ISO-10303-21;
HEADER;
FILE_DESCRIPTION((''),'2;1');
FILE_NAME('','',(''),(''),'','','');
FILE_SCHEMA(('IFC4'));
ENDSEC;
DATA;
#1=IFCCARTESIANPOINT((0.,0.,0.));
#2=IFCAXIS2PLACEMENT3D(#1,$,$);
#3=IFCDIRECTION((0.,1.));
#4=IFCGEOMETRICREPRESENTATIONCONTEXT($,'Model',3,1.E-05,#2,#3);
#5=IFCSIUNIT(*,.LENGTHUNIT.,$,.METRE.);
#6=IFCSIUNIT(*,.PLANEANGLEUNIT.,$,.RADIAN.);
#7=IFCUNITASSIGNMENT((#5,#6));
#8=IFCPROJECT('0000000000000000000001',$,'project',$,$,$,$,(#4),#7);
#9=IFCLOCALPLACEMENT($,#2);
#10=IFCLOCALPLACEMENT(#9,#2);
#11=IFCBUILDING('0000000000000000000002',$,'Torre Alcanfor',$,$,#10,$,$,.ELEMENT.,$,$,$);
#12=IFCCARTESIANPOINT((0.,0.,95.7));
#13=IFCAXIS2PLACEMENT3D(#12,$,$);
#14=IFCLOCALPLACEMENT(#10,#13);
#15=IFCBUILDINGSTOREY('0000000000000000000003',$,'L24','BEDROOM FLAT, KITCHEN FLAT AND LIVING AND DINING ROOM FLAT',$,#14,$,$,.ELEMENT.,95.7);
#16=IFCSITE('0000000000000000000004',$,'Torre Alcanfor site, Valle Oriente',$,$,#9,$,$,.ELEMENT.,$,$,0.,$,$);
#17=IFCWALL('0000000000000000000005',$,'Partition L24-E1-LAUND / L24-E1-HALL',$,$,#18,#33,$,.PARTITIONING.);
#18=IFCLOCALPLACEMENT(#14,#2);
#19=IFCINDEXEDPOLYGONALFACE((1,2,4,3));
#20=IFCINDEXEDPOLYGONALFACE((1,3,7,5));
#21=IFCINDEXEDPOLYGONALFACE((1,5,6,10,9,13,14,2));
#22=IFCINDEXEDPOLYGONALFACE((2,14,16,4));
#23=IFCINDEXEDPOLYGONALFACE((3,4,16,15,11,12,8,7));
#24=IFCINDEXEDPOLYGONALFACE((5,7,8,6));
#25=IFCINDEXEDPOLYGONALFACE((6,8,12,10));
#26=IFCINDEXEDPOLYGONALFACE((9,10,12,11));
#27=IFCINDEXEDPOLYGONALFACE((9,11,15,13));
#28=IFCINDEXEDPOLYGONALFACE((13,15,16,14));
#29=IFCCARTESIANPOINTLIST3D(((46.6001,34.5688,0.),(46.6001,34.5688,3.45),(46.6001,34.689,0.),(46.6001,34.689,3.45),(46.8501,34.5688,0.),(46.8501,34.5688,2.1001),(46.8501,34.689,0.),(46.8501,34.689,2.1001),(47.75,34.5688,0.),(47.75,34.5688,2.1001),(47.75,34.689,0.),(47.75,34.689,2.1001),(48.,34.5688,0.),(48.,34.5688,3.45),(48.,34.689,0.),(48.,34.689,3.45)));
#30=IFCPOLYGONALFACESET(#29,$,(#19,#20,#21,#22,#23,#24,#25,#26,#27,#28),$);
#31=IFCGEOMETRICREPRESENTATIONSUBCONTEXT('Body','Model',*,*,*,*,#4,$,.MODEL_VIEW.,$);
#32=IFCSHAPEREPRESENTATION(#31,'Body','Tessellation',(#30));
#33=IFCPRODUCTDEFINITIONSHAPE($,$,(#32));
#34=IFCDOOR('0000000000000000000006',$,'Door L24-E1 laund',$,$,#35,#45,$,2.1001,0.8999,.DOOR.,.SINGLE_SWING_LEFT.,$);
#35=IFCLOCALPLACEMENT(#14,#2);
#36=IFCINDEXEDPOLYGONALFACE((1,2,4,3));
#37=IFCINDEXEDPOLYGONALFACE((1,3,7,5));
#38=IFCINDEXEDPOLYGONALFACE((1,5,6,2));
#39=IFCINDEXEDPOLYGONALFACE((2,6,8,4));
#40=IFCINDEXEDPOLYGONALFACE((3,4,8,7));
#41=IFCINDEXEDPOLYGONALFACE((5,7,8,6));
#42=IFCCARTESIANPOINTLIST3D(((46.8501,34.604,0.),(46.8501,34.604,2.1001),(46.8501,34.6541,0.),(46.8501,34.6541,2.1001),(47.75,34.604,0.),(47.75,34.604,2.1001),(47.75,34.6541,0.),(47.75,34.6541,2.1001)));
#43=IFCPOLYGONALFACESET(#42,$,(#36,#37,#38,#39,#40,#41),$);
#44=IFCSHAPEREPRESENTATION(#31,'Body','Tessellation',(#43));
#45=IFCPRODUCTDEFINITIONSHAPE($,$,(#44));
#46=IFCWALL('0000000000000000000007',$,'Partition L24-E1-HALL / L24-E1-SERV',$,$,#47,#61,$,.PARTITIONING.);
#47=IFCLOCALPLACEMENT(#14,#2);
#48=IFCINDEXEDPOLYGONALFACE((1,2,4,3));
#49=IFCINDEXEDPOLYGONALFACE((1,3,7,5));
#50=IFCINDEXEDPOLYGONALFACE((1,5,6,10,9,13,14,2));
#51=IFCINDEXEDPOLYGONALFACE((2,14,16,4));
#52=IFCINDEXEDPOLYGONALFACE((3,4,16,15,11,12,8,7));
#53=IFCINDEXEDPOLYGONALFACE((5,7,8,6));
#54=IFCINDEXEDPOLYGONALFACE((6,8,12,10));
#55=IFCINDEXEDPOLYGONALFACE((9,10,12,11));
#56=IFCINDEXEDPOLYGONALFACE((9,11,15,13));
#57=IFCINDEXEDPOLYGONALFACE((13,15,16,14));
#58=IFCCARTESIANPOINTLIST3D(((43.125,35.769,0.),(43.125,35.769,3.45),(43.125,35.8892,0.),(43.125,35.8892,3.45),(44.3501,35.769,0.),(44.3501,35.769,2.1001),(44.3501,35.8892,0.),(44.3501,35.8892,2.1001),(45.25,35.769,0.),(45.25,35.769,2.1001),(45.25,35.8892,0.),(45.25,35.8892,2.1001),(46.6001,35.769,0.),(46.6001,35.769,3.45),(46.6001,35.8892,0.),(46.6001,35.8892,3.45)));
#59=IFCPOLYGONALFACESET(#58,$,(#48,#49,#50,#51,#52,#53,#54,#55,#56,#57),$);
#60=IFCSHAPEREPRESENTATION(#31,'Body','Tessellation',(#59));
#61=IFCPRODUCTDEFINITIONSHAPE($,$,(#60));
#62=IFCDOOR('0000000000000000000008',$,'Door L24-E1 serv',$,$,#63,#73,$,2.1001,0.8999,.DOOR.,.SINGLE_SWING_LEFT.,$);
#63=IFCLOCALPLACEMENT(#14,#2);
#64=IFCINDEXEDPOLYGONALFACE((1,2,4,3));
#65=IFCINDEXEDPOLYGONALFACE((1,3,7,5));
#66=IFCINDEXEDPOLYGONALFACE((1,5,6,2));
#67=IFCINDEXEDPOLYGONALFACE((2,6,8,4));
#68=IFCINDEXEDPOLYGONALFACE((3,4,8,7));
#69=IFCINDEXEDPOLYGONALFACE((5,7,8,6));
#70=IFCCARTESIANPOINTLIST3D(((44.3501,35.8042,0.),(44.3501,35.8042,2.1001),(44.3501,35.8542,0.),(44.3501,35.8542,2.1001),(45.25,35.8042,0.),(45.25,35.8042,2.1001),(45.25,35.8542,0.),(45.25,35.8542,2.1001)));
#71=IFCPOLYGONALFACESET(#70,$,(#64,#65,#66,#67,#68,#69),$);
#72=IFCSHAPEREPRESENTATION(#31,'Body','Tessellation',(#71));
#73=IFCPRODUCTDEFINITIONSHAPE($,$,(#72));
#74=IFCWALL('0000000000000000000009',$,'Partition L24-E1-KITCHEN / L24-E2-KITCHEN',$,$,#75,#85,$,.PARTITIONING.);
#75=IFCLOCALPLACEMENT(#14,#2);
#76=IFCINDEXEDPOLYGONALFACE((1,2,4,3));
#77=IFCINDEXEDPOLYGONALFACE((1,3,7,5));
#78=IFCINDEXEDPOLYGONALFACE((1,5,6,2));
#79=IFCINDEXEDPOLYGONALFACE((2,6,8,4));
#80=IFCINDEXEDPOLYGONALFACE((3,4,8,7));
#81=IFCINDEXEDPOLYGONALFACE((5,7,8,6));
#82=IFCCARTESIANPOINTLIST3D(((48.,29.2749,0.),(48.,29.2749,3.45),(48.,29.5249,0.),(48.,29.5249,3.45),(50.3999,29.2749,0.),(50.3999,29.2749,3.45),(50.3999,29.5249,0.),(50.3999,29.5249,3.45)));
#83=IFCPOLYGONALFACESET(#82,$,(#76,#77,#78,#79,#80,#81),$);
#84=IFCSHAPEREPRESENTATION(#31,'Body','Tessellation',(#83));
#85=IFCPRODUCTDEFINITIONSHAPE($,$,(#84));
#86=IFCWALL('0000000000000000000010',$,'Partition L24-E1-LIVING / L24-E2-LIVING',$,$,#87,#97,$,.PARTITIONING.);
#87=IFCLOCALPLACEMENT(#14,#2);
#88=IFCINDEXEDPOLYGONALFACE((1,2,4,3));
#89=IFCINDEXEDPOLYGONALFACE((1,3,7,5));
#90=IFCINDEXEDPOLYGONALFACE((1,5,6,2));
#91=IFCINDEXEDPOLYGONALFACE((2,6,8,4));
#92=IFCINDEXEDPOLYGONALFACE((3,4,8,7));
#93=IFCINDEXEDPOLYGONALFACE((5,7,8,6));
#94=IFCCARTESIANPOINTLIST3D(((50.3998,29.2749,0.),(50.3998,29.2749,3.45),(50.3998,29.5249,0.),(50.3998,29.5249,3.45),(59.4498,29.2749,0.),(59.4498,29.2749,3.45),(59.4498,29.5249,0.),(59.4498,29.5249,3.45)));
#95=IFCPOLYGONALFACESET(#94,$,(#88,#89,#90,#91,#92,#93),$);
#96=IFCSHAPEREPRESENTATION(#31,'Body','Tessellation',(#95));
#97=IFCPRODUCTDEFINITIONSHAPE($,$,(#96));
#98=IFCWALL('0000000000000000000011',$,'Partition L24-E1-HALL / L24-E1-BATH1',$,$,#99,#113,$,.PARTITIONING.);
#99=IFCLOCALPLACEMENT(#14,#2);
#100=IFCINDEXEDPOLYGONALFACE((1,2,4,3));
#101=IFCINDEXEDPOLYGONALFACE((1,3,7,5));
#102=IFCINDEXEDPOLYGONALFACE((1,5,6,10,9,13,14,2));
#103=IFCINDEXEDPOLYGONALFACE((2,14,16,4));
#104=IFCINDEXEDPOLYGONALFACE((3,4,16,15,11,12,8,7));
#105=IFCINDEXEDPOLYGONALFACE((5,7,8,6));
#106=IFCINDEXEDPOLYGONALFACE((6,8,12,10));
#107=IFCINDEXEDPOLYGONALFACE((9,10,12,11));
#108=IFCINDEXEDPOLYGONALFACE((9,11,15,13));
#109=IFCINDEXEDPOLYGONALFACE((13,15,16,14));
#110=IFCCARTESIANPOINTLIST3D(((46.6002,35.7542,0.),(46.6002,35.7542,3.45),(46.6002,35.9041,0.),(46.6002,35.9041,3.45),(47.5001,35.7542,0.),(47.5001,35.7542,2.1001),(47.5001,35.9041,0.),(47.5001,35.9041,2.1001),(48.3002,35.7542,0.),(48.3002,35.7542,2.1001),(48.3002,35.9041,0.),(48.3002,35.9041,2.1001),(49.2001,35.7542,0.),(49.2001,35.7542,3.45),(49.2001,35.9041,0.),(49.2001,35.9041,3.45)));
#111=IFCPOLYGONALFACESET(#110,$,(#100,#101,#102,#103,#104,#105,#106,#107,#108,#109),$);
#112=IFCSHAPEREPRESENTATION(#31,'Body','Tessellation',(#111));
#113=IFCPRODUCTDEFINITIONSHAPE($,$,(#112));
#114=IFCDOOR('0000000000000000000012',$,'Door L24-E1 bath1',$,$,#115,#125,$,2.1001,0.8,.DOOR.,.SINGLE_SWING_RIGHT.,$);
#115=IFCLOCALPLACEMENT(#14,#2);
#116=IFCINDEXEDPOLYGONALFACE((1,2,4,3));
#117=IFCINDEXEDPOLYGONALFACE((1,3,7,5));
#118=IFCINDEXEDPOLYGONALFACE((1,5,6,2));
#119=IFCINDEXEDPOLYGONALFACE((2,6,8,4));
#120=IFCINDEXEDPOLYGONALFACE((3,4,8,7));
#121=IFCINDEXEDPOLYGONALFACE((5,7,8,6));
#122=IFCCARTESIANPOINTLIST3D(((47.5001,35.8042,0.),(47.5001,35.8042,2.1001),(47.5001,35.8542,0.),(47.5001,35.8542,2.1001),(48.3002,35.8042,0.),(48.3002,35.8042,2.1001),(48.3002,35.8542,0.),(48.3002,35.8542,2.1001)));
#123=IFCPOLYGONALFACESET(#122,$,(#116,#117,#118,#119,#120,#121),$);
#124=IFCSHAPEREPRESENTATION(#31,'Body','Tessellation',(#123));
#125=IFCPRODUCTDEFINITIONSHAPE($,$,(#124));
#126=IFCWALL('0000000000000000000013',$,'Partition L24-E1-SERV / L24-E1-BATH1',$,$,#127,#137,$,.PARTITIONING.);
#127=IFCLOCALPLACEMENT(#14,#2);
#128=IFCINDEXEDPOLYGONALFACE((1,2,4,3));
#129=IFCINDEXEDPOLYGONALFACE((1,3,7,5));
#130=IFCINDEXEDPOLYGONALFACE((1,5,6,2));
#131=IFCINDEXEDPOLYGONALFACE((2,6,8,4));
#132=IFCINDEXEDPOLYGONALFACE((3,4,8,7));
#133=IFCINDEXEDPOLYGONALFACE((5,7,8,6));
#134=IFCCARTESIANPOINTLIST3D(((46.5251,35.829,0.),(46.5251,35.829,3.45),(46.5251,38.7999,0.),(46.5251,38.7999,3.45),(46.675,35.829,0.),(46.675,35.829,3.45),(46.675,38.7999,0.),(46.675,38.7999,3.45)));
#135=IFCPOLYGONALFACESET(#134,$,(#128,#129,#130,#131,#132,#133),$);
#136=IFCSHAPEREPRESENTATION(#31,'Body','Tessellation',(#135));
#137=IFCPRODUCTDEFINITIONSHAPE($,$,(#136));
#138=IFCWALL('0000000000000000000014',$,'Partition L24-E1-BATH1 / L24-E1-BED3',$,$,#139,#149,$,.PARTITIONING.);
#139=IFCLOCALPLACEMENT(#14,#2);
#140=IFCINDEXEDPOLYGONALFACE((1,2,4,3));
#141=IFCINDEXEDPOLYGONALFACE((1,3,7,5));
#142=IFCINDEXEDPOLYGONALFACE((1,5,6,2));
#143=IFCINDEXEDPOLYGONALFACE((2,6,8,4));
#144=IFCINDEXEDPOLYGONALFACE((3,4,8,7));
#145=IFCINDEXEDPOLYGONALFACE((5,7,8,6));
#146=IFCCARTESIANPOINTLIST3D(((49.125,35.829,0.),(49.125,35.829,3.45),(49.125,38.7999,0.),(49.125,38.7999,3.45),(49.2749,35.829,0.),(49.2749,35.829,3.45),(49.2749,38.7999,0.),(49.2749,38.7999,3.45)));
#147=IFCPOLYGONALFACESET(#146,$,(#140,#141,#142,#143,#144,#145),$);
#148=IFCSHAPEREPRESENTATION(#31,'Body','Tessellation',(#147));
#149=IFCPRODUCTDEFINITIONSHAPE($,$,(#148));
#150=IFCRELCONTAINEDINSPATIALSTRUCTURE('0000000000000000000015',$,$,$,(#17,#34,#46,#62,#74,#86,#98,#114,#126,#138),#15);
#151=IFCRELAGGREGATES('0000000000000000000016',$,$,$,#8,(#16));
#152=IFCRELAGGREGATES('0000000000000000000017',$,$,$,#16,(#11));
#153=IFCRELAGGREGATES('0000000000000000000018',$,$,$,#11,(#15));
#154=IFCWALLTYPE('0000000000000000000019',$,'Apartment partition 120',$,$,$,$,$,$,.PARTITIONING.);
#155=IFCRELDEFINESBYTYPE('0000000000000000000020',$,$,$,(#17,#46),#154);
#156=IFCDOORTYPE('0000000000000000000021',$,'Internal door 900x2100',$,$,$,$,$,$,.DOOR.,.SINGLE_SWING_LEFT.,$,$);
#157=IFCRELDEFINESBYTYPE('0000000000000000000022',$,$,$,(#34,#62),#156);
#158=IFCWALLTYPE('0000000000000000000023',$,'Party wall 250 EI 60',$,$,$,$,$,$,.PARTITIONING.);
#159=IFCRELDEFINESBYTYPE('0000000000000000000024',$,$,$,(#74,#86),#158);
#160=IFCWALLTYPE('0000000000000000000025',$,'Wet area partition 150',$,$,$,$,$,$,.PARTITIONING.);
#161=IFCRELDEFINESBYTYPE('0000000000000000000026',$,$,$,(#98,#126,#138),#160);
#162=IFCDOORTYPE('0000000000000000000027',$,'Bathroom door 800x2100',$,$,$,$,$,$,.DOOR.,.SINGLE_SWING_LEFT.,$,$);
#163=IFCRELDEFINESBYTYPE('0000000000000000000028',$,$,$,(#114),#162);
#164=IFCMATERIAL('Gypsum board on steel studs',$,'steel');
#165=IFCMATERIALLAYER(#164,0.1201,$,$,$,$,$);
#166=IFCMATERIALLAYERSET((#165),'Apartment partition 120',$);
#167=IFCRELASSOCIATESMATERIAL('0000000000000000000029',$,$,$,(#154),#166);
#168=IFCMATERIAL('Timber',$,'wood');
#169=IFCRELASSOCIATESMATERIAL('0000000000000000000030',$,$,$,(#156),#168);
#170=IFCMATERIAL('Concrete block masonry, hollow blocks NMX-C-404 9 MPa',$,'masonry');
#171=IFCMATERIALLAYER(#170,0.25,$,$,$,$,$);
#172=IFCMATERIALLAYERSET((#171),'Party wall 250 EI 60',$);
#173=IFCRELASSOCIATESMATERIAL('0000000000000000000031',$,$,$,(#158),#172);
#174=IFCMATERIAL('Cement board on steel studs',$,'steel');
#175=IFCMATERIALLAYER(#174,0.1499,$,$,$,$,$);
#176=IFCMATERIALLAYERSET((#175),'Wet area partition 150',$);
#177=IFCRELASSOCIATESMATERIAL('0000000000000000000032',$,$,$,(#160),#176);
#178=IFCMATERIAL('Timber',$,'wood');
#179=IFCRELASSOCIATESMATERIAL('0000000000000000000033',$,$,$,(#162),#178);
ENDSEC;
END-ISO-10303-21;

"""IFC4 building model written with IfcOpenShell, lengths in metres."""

from ifc_helpers import new_model, si_unit, direction, frame, frame_2d, origin, place, context, subcontext, project, spatial, rectangle, extrude, material, layer, layer_set, type_object, element, fill, save


model = new_model("IFC4")

# Units and contexts
model_context = context("Model", 3, precision=1e-05, world=origin(), true_north=direction((0.0, 1.0)))
body_context = subcontext(model_context, "Body", "Model", "MODEL_VIEW")
ifc_project = project(units=[si_unit("LENGTHUNIT", "METRE"), si_unit("PLANEANGLEUNIT", "RADIAN")], contexts=[model_context])

# Site, building, storey
site_placement = place(None, origin())
site = spatial("IfcSite", under=ifc_project, at=site_placement, Name="Torre Alcanfor site, Valle Oriente", CompositionType="ELEMENT", RefElevation=0.0)
building_placement = place(site_placement, origin())
building = spatial("IfcBuilding", under=site, at=building_placement, Name="Torre Alcanfor", CompositionType="ELEMENT")
storey_placement = place(building_placement, frame((0.0, 0.0, 95.7)))
storey = spatial("IfcBuildingStorey", under=building, at=storey_placement, Name="L24", Description="BEDROOM FLAT, KITCHEN FLAT AND LIVING AND DINING ROOM FLAT", CompositionType="ELEMENT", Elevation=95.7)

# Walls, openings, doors
ifc_material_1 = material(Name="Gypsum board on steel studs", Category="steel")
ifc_layer_1 = layer(ifc_material_1, 0.1201)
ifc_layer_set_1 = layer_set([ifc_layer_1], Name="Apartment partition 120")
wall_type_1 = type_object("IfcWallType", Name="Apartment partition 120", PredefinedType="PARTITIONING", material=ifc_layer_set_1)
wall_1_placement = place(storey_placement, frame((48.0, 34.6289, 0.0), z_axis=(0.0, 0.0, 1.0), x_axis=(-1.0, 0.0, 0.0)))
wall_1 = element("IfcWall", 1, at=wall_1_placement, inside=storey, type_object=wall_type_1, Name="Partition L24-E1-LAUND / L24-E1-HALL", PredefinedType="PARTITIONING", context=body_context, shape_type="SweptSolid", body=[
    extrude(rectangle(XDim=1.3999, YDim=0.1201, at=frame_2d((0.7, 0.0))), origin(), (0.0, 0.0, 1.0), 3.45),
])
opening_1_placement = place(wall_1_placement, frame((0.25, 0.0, 0.0)))
opening_1 = element("IfcOpeningElement", 2, at=opening_1_placement, cuts=wall_1, PredefinedType="OPENING", context=body_context, shape_type="SweptSolid", body=[
    extrude(rectangle(XDim=0.8999, YDim=2.1001, at=frame_2d((0.45, 1.05))), frame((0.0, 0.0701, 0.0), z_axis=(0.0, -1.0, 0.0), x_axis=(1.0, 0.0, 0.0)), (0.0, 0.0, 1.0), 0.1401),
])
ifc_material_2 = material(Name="Timber", Category="wood")
door_type_1 = type_object("IfcDoorType", Name="Internal door 900x2100", OperationType="SINGLE_SWING_LEFT", PredefinedType="DOOR", material=ifc_material_2)
door_1_placement = place(opening_1_placement, origin())
door_1 = element("IfcDoor", 3, at=door_1_placement, inside=storey, type_object=door_type_1, Name="Door L24-E1 laund", OperationType="SINGLE_SWING_LEFT", OverallHeight=2.1001, OverallWidth=0.8999, PredefinedType="DOOR", context=body_context, shape_type="SweptSolid", body=[
    extrude(rectangle(XDim=0.8999, YDim=2.1001, at=frame_2d((0.45, 1.05))), frame((0.0, 0.0249, 0.0), z_axis=(0.0, -1.0, 0.0), x_axis=(1.0, 0.0, 0.0)), (0.0, 0.0, 1.0), 0.05),
])
fill(opening_1, door_1)
wall_2_placement = place(storey_placement, frame((46.6001, 35.8291, 0.0), z_axis=(0.0, 0.0, 1.0), x_axis=(-1.0, 0.0, 0.0)))
wall_2 = element("IfcWall", 4, at=wall_2_placement, inside=storey, type_object=wall_type_1, Name="Partition L24-E1-HALL / L24-E1-SERV", PredefinedType="PARTITIONING", context=body_context, shape_type="SweptSolid", body=[
    extrude(rectangle(XDim=3.4751, YDim=0.1201, at=frame_2d((1.7375, 0.0))), origin(), (0.0, 0.0, 1.0), 3.45),
])
opening_2_placement = place(wall_2_placement, frame((1.3501, 0.0, 0.0)))
opening_2 = element("IfcOpeningElement", 5, at=opening_2_placement, cuts=wall_2, PredefinedType="OPENING", context=body_context, shape_type="SweptSolid", body=[
    extrude(rectangle(XDim=0.8999, YDim=2.1001, at=frame_2d((0.45, 1.05))), frame((0.0, 0.0701, 0.0), z_axis=(0.0, -1.0, 0.0), x_axis=(1.0, 0.0, 0.0)), (0.0, 0.0, 1.0), 0.1401),
])
door_2_placement = place(opening_2_placement, frame((0.8999, 0.0, 0.0), z_axis=(0.0, 0.0, 1.0), x_axis=(-1.0, 0.0, 0.0)))
door_2 = element("IfcDoor", 6, at=door_2_placement, inside=storey, type_object=door_type_1, Name="Door L24-E1 serv", OperationType="SINGLE_SWING_LEFT", OverallHeight=2.1001, OverallWidth=0.8999, PredefinedType="DOOR", context=body_context, shape_type="SweptSolid", body=[
    extrude(rectangle(XDim=0.8999, YDim=2.1001, at=frame_2d((0.45, 1.05))), frame((0.0, 0.0251, 0.0), z_axis=(0.0, -1.0, 0.0), x_axis=(1.0, 0.0, 0.0)), (0.0, 0.0, 1.0), 0.05),
])
fill(opening_2, door_2)

# Walls
ifc_material_3 = material(Name="Concrete block masonry, hollow blocks NMX-C-404 9 MPa", Category="masonry")
ifc_layer_2 = layer(ifc_material_3, 0.25)
ifc_layer_set_2 = layer_set([ifc_layer_2], Name="Party wall 250 EI 60")
wall_type_2 = type_object("IfcWallType", Name="Party wall 250 EI 60", PredefinedType="PARTITIONING", material=ifc_layer_set_2)
wall_3_placement = place(storey_placement, frame((48.0, 29.3999, 0.0), z_axis=(0.0, 0.0, 1.0), x_axis=(1.0, 0.0, 0.0)))
element("IfcWall", 7, at=wall_3_placement, inside=storey, type_object=wall_type_2, Name="Partition L24-E1-KITCHEN / L24-E2-KITCHEN", PredefinedType="PARTITIONING", context=body_context, shape_type="SweptSolid", body=[
    extrude(rectangle(XDim=2.3999, YDim=0.25, at=frame_2d((1.2, 0.0))), origin(), (0.0, 0.0, 1.0), 3.45),
])
wall_4_placement = place(storey_placement, frame((50.3999, 29.3999, 0.0), z_axis=(0.0, 0.0, 1.0), x_axis=(1.0, 0.0, 0.0)))
element("IfcWall", 8, at=wall_4_placement, inside=storey, type_object=wall_type_2, Name="Partition L24-E1-LIVING / L24-E2-LIVING", PredefinedType="PARTITIONING", context=body_context, shape_type="SweptSolid", body=[
    extrude(rectangle(XDim=9.05, YDim=0.25, at=frame_2d((4.5249, 0.0))), origin(), (0.0, 0.0, 1.0), 3.45),
])

# Wall, opening, door
ifc_material_4 = material(Name="Cement board on steel studs", Category="steel")
ifc_layer_3 = layer(ifc_material_4, 0.1499)
ifc_layer_set_3 = layer_set([ifc_layer_3], Name="Wet area partition 150")
wall_type_3 = type_object("IfcWallType", Name="Wet area partition 150", PredefinedType="PARTITIONING", material=ifc_layer_set_3)
wall_5_placement = place(storey_placement, frame((49.2, 35.8291, 0.0), z_axis=(0.0, 0.0, 1.0), x_axis=(-1.0, 0.0, 0.0)))
wall_5 = element("IfcWall", 9, at=wall_5_placement, inside=storey, type_object=wall_type_3, Name="Partition L24-E1-HALL / L24-E1-BATH1", PredefinedType="PARTITIONING", context=body_context, shape_type="SweptSolid", body=[
    extrude(rectangle(XDim=2.5999, YDim=0.1499, at=frame_2d((1.2998, 0.0))), origin(), (0.0, 0.0, 1.0), 3.45),
])
opening_3_placement = place(wall_5_placement, frame((0.8999, 0.0, 0.0)))
opening_3 = element("IfcOpeningElement", 10, at=opening_3_placement, cuts=wall_5, PredefinedType="OPENING", context=body_context, shape_type="SweptSolid", body=[
    extrude(rectangle(XDim=0.8, YDim=2.1001, at=frame_2d((0.3999, 1.05))), frame((0.0, 0.085, 0.0), z_axis=(0.0, -1.0, 0.0), x_axis=(1.0, 0.0, 0.0)), (0.0, 0.0, 1.0), 0.1699),
])
ifc_material_5 = material(Name="Timber", Category="wood")
door_type_2 = type_object("IfcDoorType", Name="Bathroom door 800x2100", OperationType="SINGLE_SWING_LEFT", PredefinedType="DOOR", material=ifc_material_5)
door_3_placement = place(opening_3_placement, frame((0.8, 0.0, 0.0), z_axis=(0.0, 0.0, 1.0), x_axis=(-1.0, 0.0, 0.0)))
door_3 = element("IfcDoor", 11, at=door_3_placement, inside=storey, type_object=door_type_2, Name="Door L24-E1 bath1", OperationType="SINGLE_SWING_RIGHT", OverallHeight=2.1001, OverallWidth=0.8, PredefinedType="DOOR", context=body_context, shape_type="SweptSolid", body=[
    extrude(rectangle(XDim=0.8, YDim=2.1001, at=frame_2d((0.4001, 1.05))), frame((0.0, 0.0251, 0.0), z_axis=(0.0, -1.0, 0.0), x_axis=(1.0, 0.0, 0.0)), (0.0, 0.0, 1.0), 0.05),
])
fill(opening_3, door_3)

# Walls
for number, where, z_axis, x_axis, name in (
    (12, (46.6001, 35.8291, 0.0), (0.0, 0.0, 1.0), (0.0, 1.0, 0.0), "Partition L24-E1-SERV / L24-E1-BATH1"),
    (13, (49.2, 35.8291, 0.0), (0.0, 0.0, 1.0), (0.0, 1.0, 0.0), "Partition L24-E1-BATH1 / L24-E1-BED3"),
):
    element("IfcWall", number, at=place(storey_placement, frame(where, z_axis=z_axis, x_axis=x_axis)), inside=storey, type_object=wall_type_3, Name=name, PredefinedType="PARTITIONING", context=body_context, shape_type="SweptSolid", body=[
        extrude(rectangle(XDim=2.9709, YDim=0.1499, at=frame_2d((1.4854, 0.0))), origin(), (0.0, 0.0, 1.0), 3.45),
    ])

save(model, "model.ifc")
